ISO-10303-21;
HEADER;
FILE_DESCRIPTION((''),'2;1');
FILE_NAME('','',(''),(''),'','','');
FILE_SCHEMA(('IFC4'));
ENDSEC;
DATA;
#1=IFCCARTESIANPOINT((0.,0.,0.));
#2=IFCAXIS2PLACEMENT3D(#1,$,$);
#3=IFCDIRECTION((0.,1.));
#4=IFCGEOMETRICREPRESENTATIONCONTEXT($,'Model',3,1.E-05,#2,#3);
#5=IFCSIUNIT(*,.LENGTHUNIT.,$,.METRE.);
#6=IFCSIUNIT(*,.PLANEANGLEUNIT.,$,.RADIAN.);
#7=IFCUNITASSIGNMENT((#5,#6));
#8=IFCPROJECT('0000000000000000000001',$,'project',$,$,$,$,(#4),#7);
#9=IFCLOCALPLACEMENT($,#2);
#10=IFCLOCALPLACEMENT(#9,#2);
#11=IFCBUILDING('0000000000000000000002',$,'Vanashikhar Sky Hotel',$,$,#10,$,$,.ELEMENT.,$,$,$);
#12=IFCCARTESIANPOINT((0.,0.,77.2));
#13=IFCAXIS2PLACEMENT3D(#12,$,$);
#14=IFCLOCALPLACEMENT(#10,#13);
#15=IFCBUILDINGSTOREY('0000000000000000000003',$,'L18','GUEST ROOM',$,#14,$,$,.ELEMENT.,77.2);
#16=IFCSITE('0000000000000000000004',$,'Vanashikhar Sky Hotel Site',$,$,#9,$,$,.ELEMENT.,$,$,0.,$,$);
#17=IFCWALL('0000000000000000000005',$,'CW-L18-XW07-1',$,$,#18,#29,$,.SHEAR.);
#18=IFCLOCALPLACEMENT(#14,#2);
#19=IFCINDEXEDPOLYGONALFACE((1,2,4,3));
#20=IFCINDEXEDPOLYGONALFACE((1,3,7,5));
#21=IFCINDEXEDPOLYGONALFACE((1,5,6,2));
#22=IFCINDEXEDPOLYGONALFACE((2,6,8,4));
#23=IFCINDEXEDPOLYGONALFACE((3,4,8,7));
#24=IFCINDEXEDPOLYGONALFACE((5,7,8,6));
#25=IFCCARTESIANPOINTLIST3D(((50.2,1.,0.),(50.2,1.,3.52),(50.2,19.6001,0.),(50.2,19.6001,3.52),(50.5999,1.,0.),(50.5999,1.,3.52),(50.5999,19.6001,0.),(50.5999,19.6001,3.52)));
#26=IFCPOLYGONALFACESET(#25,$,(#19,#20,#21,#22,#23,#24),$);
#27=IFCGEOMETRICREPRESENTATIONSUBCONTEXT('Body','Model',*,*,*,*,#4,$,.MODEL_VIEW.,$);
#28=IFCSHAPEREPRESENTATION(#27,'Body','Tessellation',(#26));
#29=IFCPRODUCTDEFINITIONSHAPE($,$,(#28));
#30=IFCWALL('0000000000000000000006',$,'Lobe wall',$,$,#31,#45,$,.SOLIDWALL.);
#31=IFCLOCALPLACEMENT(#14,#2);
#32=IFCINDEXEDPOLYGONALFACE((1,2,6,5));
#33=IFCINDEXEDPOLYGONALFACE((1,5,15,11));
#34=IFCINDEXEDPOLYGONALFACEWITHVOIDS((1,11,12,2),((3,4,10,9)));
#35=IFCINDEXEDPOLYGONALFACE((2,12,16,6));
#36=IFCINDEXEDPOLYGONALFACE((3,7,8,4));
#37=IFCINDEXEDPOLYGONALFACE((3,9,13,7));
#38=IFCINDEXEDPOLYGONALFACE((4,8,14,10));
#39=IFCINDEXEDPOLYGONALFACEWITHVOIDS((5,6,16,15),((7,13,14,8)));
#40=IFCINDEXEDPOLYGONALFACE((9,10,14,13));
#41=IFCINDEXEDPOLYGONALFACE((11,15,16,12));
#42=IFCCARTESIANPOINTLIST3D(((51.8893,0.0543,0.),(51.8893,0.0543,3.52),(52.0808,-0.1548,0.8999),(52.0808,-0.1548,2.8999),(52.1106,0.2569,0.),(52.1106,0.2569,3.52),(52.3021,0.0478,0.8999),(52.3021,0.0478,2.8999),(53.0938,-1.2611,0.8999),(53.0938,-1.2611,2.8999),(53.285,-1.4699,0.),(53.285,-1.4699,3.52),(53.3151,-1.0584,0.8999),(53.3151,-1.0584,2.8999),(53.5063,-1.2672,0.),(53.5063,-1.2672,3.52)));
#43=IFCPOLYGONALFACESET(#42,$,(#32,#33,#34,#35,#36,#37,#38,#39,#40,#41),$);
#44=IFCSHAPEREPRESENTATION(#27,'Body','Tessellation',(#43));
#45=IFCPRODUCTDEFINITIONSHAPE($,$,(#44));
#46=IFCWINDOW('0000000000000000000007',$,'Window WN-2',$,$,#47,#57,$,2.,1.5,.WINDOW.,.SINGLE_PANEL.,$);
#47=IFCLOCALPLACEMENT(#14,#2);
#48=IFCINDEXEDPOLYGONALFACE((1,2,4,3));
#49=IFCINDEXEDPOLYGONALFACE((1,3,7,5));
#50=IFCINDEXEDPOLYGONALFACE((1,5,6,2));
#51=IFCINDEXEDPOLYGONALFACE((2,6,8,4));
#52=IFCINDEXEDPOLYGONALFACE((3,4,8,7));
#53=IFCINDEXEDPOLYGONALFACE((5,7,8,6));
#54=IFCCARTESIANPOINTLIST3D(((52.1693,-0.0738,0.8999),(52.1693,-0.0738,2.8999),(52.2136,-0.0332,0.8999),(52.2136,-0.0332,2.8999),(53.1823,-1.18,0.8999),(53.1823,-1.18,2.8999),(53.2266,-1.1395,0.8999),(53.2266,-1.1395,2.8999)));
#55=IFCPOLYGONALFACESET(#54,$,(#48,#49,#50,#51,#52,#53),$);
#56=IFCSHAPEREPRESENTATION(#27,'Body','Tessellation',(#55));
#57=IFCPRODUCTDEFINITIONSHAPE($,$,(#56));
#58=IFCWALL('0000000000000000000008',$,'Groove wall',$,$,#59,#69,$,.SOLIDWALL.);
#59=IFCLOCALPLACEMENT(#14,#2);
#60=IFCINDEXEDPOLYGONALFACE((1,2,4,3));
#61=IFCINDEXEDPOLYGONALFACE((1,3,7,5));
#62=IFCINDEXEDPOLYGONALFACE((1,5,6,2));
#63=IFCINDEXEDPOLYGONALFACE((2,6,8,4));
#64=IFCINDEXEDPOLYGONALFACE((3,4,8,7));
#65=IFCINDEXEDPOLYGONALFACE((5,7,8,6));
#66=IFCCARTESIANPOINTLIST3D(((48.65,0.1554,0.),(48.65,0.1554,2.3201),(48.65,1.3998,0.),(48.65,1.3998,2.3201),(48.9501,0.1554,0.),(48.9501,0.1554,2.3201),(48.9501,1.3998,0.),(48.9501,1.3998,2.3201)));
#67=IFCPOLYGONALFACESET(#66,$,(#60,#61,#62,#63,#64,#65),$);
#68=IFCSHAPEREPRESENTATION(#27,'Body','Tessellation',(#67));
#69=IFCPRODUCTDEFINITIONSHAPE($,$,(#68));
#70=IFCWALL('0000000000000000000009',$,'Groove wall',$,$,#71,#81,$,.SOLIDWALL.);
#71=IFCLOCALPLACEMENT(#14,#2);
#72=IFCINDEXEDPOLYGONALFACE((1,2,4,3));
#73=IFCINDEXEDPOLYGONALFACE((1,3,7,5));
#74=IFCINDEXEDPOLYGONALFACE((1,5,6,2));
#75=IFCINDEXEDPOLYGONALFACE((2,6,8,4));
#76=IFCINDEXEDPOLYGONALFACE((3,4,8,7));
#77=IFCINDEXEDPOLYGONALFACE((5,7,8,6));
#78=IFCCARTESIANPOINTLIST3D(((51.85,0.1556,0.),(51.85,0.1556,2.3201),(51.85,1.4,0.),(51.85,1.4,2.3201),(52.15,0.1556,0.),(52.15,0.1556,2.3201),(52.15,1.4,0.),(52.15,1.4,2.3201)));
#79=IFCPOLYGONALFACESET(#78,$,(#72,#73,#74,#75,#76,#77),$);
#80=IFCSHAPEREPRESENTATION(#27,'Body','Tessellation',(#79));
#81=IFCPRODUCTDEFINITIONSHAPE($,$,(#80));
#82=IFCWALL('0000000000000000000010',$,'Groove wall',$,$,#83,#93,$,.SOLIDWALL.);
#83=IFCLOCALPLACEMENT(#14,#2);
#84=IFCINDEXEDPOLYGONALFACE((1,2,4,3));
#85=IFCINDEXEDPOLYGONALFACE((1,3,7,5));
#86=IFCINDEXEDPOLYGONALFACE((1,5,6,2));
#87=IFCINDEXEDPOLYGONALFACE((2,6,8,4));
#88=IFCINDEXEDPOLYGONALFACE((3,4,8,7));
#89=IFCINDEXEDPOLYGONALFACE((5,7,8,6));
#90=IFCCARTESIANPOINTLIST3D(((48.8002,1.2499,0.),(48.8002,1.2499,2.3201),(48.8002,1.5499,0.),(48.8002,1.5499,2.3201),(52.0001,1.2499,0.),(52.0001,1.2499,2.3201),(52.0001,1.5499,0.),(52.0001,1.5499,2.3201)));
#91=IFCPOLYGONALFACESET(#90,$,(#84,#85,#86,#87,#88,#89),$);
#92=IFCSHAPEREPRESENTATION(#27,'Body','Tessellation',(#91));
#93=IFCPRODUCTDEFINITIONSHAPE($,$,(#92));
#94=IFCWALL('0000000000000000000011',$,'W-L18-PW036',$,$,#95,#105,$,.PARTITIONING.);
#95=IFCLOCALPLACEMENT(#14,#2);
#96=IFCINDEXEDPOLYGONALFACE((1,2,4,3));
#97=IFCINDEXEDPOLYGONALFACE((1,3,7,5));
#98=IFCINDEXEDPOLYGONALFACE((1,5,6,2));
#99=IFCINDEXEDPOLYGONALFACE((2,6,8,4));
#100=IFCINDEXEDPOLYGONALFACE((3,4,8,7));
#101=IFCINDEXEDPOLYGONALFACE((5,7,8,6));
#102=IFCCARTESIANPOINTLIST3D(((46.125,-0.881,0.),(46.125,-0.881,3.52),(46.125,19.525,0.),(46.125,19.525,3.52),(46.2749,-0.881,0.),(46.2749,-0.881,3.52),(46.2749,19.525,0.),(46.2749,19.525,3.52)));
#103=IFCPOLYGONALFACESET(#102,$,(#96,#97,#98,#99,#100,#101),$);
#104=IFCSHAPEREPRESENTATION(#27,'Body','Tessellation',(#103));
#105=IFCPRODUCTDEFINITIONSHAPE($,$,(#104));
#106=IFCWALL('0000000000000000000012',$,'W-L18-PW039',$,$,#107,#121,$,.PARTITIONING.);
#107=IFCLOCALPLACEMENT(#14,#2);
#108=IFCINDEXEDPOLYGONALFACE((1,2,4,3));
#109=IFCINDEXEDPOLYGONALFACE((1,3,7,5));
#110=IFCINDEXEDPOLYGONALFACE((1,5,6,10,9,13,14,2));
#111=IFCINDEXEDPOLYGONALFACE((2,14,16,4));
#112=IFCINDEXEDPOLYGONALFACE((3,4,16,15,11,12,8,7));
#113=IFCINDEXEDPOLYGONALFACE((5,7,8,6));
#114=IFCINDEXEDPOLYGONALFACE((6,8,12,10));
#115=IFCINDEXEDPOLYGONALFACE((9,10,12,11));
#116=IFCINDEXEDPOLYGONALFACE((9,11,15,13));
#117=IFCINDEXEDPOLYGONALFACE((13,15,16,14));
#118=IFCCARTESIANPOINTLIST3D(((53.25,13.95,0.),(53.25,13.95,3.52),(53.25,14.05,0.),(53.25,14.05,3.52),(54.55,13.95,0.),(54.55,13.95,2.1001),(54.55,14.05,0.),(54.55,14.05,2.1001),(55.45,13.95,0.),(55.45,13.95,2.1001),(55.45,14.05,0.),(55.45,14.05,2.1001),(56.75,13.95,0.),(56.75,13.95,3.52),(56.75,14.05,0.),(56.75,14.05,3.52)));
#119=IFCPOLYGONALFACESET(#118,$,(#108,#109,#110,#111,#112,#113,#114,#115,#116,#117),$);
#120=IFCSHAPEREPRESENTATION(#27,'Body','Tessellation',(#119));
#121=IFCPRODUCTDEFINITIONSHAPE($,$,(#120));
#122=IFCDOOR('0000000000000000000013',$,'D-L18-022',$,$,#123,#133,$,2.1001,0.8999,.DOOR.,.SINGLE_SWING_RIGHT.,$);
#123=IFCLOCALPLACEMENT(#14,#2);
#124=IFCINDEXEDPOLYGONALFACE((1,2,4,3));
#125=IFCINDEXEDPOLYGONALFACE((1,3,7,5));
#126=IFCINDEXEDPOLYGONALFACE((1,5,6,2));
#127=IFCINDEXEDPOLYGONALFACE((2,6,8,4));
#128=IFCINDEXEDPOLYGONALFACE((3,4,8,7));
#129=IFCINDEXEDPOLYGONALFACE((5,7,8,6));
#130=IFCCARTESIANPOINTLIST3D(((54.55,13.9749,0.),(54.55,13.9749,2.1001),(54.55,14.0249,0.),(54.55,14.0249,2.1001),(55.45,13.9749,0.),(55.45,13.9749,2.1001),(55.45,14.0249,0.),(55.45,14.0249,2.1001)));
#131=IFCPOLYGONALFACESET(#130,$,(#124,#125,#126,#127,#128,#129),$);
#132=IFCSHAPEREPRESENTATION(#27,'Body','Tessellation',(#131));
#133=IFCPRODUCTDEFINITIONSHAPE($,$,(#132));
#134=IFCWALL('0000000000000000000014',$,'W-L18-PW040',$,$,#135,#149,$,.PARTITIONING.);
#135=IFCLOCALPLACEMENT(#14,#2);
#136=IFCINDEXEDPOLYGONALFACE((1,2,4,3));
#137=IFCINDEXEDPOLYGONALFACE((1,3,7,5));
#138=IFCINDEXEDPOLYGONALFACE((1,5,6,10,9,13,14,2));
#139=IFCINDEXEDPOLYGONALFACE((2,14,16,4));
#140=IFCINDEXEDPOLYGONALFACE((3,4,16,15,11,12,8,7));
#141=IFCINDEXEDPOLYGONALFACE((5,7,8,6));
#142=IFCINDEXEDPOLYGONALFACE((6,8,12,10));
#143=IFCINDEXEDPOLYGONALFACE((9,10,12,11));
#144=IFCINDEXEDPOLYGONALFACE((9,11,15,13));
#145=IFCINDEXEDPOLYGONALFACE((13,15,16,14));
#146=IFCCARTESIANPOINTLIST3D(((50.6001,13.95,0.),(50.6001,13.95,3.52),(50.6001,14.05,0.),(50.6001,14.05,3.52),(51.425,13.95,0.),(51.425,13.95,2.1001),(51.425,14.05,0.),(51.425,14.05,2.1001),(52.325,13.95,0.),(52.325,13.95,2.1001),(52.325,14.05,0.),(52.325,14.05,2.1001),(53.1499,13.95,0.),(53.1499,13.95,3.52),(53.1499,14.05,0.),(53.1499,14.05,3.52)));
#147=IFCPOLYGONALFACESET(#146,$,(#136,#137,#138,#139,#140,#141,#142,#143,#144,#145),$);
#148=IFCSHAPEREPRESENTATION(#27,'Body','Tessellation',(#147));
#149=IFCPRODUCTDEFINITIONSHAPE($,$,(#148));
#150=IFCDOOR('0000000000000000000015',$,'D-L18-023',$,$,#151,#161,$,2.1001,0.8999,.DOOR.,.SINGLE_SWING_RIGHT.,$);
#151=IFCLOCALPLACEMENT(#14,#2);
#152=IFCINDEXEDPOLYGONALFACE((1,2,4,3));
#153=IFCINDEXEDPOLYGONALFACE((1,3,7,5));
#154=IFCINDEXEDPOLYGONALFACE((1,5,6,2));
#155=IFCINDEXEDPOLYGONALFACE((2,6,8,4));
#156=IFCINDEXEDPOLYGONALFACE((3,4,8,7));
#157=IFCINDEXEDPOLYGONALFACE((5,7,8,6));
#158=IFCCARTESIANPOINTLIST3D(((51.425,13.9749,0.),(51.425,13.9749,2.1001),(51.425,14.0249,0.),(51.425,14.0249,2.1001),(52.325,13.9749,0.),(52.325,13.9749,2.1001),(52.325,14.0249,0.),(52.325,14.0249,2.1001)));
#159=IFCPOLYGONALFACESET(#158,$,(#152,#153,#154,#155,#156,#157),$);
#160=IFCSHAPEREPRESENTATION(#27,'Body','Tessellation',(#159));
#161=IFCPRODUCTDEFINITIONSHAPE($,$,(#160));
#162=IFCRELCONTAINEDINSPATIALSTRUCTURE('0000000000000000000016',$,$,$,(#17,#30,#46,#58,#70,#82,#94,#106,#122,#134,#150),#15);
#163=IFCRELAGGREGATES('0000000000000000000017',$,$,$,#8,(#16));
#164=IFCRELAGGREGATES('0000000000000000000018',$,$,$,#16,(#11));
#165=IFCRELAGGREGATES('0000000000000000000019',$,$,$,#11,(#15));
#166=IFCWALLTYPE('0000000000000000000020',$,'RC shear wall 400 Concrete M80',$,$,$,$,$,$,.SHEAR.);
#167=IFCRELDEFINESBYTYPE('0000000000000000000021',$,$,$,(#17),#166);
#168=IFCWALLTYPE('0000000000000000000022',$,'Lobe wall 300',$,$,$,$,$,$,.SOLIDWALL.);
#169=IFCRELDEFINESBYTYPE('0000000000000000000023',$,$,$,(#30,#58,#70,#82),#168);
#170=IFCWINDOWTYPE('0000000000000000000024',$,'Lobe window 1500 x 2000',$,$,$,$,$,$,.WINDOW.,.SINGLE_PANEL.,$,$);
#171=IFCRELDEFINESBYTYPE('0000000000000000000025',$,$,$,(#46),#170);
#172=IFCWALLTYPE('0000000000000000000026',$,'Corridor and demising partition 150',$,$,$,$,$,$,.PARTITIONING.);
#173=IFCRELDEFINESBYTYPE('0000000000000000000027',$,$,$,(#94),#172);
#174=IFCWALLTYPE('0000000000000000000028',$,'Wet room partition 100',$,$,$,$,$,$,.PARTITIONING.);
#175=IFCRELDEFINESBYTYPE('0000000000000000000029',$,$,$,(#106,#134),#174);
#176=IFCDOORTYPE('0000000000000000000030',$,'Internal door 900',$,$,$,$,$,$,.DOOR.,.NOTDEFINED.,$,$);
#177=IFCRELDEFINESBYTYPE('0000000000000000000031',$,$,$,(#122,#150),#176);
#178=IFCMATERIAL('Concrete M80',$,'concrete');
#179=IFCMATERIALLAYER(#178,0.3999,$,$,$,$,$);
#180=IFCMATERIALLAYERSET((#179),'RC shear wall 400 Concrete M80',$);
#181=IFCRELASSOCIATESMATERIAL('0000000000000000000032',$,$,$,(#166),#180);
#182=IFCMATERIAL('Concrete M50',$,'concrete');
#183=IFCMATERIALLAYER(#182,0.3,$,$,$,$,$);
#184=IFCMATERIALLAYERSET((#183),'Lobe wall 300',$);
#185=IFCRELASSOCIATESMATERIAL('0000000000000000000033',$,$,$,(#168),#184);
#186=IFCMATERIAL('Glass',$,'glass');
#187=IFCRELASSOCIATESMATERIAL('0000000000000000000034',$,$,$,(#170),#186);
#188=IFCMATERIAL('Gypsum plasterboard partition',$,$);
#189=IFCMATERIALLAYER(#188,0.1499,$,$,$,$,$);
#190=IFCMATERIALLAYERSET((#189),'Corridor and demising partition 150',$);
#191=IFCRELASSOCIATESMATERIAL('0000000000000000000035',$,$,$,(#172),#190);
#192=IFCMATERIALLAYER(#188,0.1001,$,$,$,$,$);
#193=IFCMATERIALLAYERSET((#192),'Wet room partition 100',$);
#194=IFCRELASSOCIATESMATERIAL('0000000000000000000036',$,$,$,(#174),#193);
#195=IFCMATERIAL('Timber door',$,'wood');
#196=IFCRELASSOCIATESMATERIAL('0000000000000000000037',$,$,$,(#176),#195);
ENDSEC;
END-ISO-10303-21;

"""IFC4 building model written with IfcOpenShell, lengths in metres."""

from ifc_helpers import new_model, si_unit, direction, frame, frame_2d, origin, place, context, subcontext, project, spatial, rectangle, extrude, source, transform, mapped, material, layer, layer_set, type_object, element, fill, save


model = new_model("IFC4")

# Units and contexts
model_context = context("Model", 3, precision=1e-05, world=origin(), true_north=direction((0.0, 1.0)))
body_context = subcontext(model_context, "Body", "Model", "MODEL_VIEW")
ifc_project = project(units=[si_unit("LENGTHUNIT", "METRE"), si_unit("PLANEANGLEUNIT", "RADIAN")], contexts=[model_context])

# Site, building, storey
site_placement = place(None, origin())
site = spatial("IfcSite", under=ifc_project, at=site_placement, Name="Vanashikhar Sky Hotel Site", CompositionType="ELEMENT", RefElevation=0.0)
building_placement = place(site_placement, origin())
building = spatial("IfcBuilding", under=site, at=building_placement, Name="Vanashikhar Sky Hotel", CompositionType="ELEMENT")
storey_placement = place(building_placement, frame((0.0, 0.0, 77.2)))
storey = spatial("IfcBuildingStorey", under=building, at=storey_placement, Name="L18", Description="GUEST ROOM", CompositionType="ELEMENT", Elevation=77.2)

# Wall
ifc_material_1 = material(Name="Concrete M80", Category="concrete")
ifc_layer_1 = layer(ifc_material_1, 0.3999)
ifc_layer_set_1 = layer_set([ifc_layer_1], Name="RC shear wall 400 Concrete M80")
wall_type_1 = type_object("IfcWallType", Name="RC shear wall 400 Concrete M80", PredefinedType="SHEAR", material=ifc_layer_set_1)
shared_shape_1 = source(origin(), body_context, "Body", "SweptSolid", [
    extrude(rectangle(XDim=18.6001, YDim=0.3999, at=frame_2d((9.3, 0.0))), origin(), (0.0, 0.0, 1.0), 3.52),
])
wall_1_placement = place(storey_placement, frame((50.3999, 1.0, 0.0), z_axis=(0.0, 0.0, 1.0), x_axis=(0.0, 1.0, 0.0)))
element("IfcWall", 1, at=wall_1_placement, inside=storey, type_object=wall_type_1, Name="CW-L18-XW07-1", PredefinedType="SHEAR", context=body_context, shape_type="MappedRepresentation", body=[
    mapped(shared_shape_1, transform((0.0, 0.0, 0.0), scale=1.0)),
])

# Wall, opening, window
ifc_material_2 = material(Name="Concrete M50", Category="concrete")
ifc_layer_2 = layer(ifc_material_2, 0.3)
ifc_layer_set_2 = layer_set([ifc_layer_2], Name="Lobe wall 300")
wall_type_2 = type_object("IfcWallType", Name="Lobe wall 300", PredefinedType="SOLIDWALL", material=ifc_layer_set_2)
shared_shape_2 = source(origin(), body_context, "Body", "SweptSolid", [
    extrude(rectangle(XDim=2.0667, YDim=0.3, at=frame_2d((1.0332, 0.0))), origin(), (0.0, 0.0, 1.0), 3.52),
])
wall_2_placement = place(storey_placement, frame((52.0, 0.1555, 0.0), z_axis=(0.0, 0.0, 1.0), x_axis=(0.675355, -0.737492, 0.0)))
wall_2 = element("IfcWall", 2, at=wall_2_placement, inside=storey, type_object=wall_type_2, Name="Lobe wall", PredefinedType="SOLIDWALL", context=body_context, shape_type="MappedRepresentation", body=[
    mapped(shared_shape_2, transform((0.0, 0.0, 0.0), scale=1.0)),
])
shared_shape_3 = source(origin(), body_context, "Body", "SweptSolid", [
    extrude(rectangle(XDim=1.5, YDim=2.0, at=frame_2d((0.75, 1.0))), frame((0.0, 0.1602, 0.0), z_axis=(0.0, -1.0, 0.0), x_axis=(1.0, 0.0, 0.0)), (0.0, 0.0, 1.0), 0.3201),
])
opening_1_placement = place(wall_2_placement, frame((0.2834, 0.0, 0.8999)))
opening_1 = element("IfcOpeningElement", 3, at=opening_1_placement, cuts=wall_2, PredefinedType="OPENING", context=body_context, shape_type="MappedRepresentation", body=[
    mapped(shared_shape_3, transform((0.0, 0.0, 0.0), scale=1.0)),
])
ifc_material_3 = material(Name="Glass", Category="glass")
window_type = type_object("IfcWindowType", Name="Lobe window 1500 x 2000", PartitioningType="SINGLE_PANEL", PredefinedType="WINDOW", material=ifc_material_3)
shared_shape_4 = source(origin(), body_context, "Body", "SweptSolid", [
    extrude(rectangle(XDim=1.5, YDim=2.0, at=frame_2d((0.75, 1.0))), frame((0.0, 0.03, 0.0), z_axis=(0.0, -1.0, 0.0), x_axis=(1.0, 0.0, 0.0)), (0.0, 0.0, 1.0), 0.0601),
])
window_placement = place(opening_1_placement, origin())
window = element("IfcWindow", 4, at=window_placement, inside=storey, type_object=window_type, Name="Window WN-2", OverallHeight=2.0, OverallWidth=1.5, PartitioningType="SINGLE_PANEL", PredefinedType="WINDOW", context=body_context, shape_type="MappedRepresentation", body=[
    mapped(shared_shape_4, transform((0.0, 0.0, 0.0), scale=1.0)),
])
fill(opening_1, window)

# Walls
shared_shape_5 = source(origin(), body_context, "Body", "SweptSolid", [
    extrude(rectangle(XDim=1.2444, YDim=0.3, at=frame_2d((0.6221, 0.0))), origin(), (0.0, 0.0, 1.0), 2.3201),
])
for number, where, z_axis, x_axis, name in (
    (5, (48.8, 0.1555, 0.0), (0.0, 0.0, 1.0), (0.0, 1.0, 0.0), "Groove wall"),
    (6, (52.0, 1.3999, 0.0), (0.0, 0.0, 1.0), (0.0, -1.0, 0.0), "Groove wall"),
):
    element("IfcWall", number, at=place(storey_placement, frame(where, z_axis=z_axis, x_axis=x_axis)), inside=storey, type_object=wall_type_2, Name=name, PredefinedType="SOLIDWALL", context=body_context, shape_type="MappedRepresentation", body=[
        mapped(shared_shape_5, transform((0.0, 0.0, 0.0), scale=1.0)),
    ])
shared_shape_6 = source(origin(), body_context, "Body", "SweptSolid", [
    extrude(rectangle(XDim=3.2, YDim=0.3, at=frame_2d((1.6001, 0.0))), origin(), (0.0, 0.0, 1.0), 2.3201),
])
wall_3_placement = place(storey_placement, frame((48.8, 1.3999, 0.0), z_axis=(0.0, 0.0, 1.0), x_axis=(1.0, 0.0, 0.0)))
element("IfcWall", 7, at=wall_3_placement, inside=storey, type_object=wall_type_2, Name="Groove wall", PredefinedType="SOLIDWALL", context=body_context, shape_type="MappedRepresentation", body=[
    mapped(shared_shape_6, transform((0.0, 0.0, 0.0), scale=1.0)),
])
ifc_material_4 = material(Name="Gypsum plasterboard partition")
ifc_layer_3 = layer(ifc_material_4, 0.1499)
ifc_layer_set_3 = layer_set([ifc_layer_3], Name="Corridor and demising partition 150")
wall_type_3 = type_object("IfcWallType", Name="Corridor and demising partition 150", PredefinedType="PARTITIONING", material=ifc_layer_set_3)
shared_shape_7 = source(origin(), body_context, "Body", "SweptSolid", [
    extrude(rectangle(XDim=20.406, YDim=0.1499, at=frame_2d((10.2031, 0.0))), origin(), (0.0, 0.0, 1.0), 3.52),
])
wall_4_placement = place(storey_placement, frame((46.2, -0.8811, 0.0), z_axis=(0.0, 0.0, 1.0), x_axis=(0.0, 1.0, 0.0)))
element("IfcWall", 8, at=wall_4_placement, inside=storey, type_object=wall_type_3, Name="W-L18-PW036", PredefinedType="PARTITIONING", context=body_context, shape_type="MappedRepresentation", body=[
    mapped(shared_shape_7, transform((0.0, 0.0, 0.0), scale=1.0)),
])

# Walls, openings, doors
ifc_layer_4 = layer(ifc_material_4, 0.1001)
ifc_layer_set_4 = layer_set([ifc_layer_4], Name="Wet room partition 100")
wall_type_4 = type_object("IfcWallType", Name="Wet room partition 100", PredefinedType="PARTITIONING", material=ifc_layer_set_4)
shared_shape_8 = source(origin(), body_context, "Body", "SweptSolid", [
    extrude(rectangle(XDim=3.5, YDim=0.1001, at=frame_2d((1.75, 0.0))), origin(), (0.0, 0.0, 1.0), 3.52),
])
wall_5_placement = place(storey_placement, frame((53.25, 14.0, 0.0), z_axis=(0.0, 0.0, 1.0), x_axis=(1.0, 0.0, 0.0)))
wall_5 = element("IfcWall", 9, at=wall_5_placement, inside=storey, type_object=wall_type_4, Name="W-L18-PW039", PredefinedType="PARTITIONING", context=body_context, shape_type="MappedRepresentation", body=[
    mapped(shared_shape_8, transform((0.0, 0.0, 0.0), scale=1.0)),
])
shared_shape_9 = source(origin(), body_context, "Body", "SweptSolid", [
    extrude(rectangle(XDim=0.8999, YDim=2.1001, at=frame_2d((0.45, 1.05))), frame((0.0, 0.0601, 0.0), z_axis=(0.0, -1.0, 0.0), x_axis=(1.0, 0.0, 0.0)), (0.0, 0.0, 1.0), 0.1201),
])
opening_2_placement = place(wall_5_placement, frame((1.3, 0.0, 0.0)))
opening_2 = element("IfcOpeningElement", 10, at=opening_2_placement, cuts=wall_5, PredefinedType="OPENING", context=body_context, shape_type="MappedRepresentation", body=[
    mapped(shared_shape_9, transform((0.0, 0.0, 0.0), scale=1.0)),
])
ifc_material_5 = material(Name="Timber door", Category="wood")
door_type = type_object("IfcDoorType", Name="Internal door 900", OperationType="NOTDEFINED", PredefinedType="DOOR", material=ifc_material_5)
shared_shape_10 = source(origin(), body_context, "Body", "SweptSolid", [
    extrude(rectangle(XDim=0.8999, YDim=2.1001, at=frame_2d((0.45, 1.05))), frame((0.0, 0.0249, 0.0), z_axis=(0.0, -1.0, 0.0), x_axis=(1.0, 0.0, 0.0)), (0.0, 0.0, 1.0), 0.05),
])
door_1_placement = place(opening_2_placement, origin())
door_1 = element("IfcDoor", 11, at=door_1_placement, inside=storey, type_object=door_type, Name="D-L18-022", OperationType="SINGLE_SWING_RIGHT", OverallHeight=2.1001, OverallWidth=0.8999, PredefinedType="DOOR", context=body_context, shape_type="MappedRepresentation", body=[
    mapped(shared_shape_10, transform((0.0, 0.0, 0.0), scale=1.0)),
])
fill(opening_2, door_1)
shared_shape_11 = source(origin(), body_context, "Body", "SweptSolid", [
    extrude(rectangle(XDim=2.5498, YDim=0.1001, at=frame_2d((1.2749, 0.0))), origin(), (0.0, 0.0, 1.0), 3.52),
])
wall_6_placement = place(storey_placement, frame((50.6001, 14.0, 0.0), z_axis=(0.0, 0.0, 1.0), x_axis=(1.0, 0.0, 0.0)))
wall_6 = element("IfcWall", 12, at=wall_6_placement, inside=storey, type_object=wall_type_4, Name="W-L18-PW040", PredefinedType="PARTITIONING", context=body_context, shape_type="MappedRepresentation", body=[
    mapped(shared_shape_11, transform((0.0, 0.0, 0.0), scale=1.0)),
])
opening_3_placement = place(wall_6_placement, frame((0.825, 0.0, 0.0)))
opening_3 = element("IfcOpeningElement", 13, at=opening_3_placement, cuts=wall_6, PredefinedType="OPENING", context=body_context, shape_type="MappedRepresentation", body=[
    mapped(shared_shape_9, transform((0.0, 0.0, 0.0), scale=1.0)),
])
door_2_placement = place(opening_3_placement, origin())
door_2 = element("IfcDoor", 14, at=door_2_placement, inside=storey, type_object=door_type, Name="D-L18-023", OperationType="SINGLE_SWING_RIGHT", OverallHeight=2.1001, OverallWidth=0.8999, PredefinedType="DOOR", context=body_context, shape_type="MappedRepresentation", body=[
    mapped(shared_shape_10, transform((0.0, 0.0, 0.0), scale=1.0)),
])
fill(opening_3, door_2)

save(model, "model.ifc")
